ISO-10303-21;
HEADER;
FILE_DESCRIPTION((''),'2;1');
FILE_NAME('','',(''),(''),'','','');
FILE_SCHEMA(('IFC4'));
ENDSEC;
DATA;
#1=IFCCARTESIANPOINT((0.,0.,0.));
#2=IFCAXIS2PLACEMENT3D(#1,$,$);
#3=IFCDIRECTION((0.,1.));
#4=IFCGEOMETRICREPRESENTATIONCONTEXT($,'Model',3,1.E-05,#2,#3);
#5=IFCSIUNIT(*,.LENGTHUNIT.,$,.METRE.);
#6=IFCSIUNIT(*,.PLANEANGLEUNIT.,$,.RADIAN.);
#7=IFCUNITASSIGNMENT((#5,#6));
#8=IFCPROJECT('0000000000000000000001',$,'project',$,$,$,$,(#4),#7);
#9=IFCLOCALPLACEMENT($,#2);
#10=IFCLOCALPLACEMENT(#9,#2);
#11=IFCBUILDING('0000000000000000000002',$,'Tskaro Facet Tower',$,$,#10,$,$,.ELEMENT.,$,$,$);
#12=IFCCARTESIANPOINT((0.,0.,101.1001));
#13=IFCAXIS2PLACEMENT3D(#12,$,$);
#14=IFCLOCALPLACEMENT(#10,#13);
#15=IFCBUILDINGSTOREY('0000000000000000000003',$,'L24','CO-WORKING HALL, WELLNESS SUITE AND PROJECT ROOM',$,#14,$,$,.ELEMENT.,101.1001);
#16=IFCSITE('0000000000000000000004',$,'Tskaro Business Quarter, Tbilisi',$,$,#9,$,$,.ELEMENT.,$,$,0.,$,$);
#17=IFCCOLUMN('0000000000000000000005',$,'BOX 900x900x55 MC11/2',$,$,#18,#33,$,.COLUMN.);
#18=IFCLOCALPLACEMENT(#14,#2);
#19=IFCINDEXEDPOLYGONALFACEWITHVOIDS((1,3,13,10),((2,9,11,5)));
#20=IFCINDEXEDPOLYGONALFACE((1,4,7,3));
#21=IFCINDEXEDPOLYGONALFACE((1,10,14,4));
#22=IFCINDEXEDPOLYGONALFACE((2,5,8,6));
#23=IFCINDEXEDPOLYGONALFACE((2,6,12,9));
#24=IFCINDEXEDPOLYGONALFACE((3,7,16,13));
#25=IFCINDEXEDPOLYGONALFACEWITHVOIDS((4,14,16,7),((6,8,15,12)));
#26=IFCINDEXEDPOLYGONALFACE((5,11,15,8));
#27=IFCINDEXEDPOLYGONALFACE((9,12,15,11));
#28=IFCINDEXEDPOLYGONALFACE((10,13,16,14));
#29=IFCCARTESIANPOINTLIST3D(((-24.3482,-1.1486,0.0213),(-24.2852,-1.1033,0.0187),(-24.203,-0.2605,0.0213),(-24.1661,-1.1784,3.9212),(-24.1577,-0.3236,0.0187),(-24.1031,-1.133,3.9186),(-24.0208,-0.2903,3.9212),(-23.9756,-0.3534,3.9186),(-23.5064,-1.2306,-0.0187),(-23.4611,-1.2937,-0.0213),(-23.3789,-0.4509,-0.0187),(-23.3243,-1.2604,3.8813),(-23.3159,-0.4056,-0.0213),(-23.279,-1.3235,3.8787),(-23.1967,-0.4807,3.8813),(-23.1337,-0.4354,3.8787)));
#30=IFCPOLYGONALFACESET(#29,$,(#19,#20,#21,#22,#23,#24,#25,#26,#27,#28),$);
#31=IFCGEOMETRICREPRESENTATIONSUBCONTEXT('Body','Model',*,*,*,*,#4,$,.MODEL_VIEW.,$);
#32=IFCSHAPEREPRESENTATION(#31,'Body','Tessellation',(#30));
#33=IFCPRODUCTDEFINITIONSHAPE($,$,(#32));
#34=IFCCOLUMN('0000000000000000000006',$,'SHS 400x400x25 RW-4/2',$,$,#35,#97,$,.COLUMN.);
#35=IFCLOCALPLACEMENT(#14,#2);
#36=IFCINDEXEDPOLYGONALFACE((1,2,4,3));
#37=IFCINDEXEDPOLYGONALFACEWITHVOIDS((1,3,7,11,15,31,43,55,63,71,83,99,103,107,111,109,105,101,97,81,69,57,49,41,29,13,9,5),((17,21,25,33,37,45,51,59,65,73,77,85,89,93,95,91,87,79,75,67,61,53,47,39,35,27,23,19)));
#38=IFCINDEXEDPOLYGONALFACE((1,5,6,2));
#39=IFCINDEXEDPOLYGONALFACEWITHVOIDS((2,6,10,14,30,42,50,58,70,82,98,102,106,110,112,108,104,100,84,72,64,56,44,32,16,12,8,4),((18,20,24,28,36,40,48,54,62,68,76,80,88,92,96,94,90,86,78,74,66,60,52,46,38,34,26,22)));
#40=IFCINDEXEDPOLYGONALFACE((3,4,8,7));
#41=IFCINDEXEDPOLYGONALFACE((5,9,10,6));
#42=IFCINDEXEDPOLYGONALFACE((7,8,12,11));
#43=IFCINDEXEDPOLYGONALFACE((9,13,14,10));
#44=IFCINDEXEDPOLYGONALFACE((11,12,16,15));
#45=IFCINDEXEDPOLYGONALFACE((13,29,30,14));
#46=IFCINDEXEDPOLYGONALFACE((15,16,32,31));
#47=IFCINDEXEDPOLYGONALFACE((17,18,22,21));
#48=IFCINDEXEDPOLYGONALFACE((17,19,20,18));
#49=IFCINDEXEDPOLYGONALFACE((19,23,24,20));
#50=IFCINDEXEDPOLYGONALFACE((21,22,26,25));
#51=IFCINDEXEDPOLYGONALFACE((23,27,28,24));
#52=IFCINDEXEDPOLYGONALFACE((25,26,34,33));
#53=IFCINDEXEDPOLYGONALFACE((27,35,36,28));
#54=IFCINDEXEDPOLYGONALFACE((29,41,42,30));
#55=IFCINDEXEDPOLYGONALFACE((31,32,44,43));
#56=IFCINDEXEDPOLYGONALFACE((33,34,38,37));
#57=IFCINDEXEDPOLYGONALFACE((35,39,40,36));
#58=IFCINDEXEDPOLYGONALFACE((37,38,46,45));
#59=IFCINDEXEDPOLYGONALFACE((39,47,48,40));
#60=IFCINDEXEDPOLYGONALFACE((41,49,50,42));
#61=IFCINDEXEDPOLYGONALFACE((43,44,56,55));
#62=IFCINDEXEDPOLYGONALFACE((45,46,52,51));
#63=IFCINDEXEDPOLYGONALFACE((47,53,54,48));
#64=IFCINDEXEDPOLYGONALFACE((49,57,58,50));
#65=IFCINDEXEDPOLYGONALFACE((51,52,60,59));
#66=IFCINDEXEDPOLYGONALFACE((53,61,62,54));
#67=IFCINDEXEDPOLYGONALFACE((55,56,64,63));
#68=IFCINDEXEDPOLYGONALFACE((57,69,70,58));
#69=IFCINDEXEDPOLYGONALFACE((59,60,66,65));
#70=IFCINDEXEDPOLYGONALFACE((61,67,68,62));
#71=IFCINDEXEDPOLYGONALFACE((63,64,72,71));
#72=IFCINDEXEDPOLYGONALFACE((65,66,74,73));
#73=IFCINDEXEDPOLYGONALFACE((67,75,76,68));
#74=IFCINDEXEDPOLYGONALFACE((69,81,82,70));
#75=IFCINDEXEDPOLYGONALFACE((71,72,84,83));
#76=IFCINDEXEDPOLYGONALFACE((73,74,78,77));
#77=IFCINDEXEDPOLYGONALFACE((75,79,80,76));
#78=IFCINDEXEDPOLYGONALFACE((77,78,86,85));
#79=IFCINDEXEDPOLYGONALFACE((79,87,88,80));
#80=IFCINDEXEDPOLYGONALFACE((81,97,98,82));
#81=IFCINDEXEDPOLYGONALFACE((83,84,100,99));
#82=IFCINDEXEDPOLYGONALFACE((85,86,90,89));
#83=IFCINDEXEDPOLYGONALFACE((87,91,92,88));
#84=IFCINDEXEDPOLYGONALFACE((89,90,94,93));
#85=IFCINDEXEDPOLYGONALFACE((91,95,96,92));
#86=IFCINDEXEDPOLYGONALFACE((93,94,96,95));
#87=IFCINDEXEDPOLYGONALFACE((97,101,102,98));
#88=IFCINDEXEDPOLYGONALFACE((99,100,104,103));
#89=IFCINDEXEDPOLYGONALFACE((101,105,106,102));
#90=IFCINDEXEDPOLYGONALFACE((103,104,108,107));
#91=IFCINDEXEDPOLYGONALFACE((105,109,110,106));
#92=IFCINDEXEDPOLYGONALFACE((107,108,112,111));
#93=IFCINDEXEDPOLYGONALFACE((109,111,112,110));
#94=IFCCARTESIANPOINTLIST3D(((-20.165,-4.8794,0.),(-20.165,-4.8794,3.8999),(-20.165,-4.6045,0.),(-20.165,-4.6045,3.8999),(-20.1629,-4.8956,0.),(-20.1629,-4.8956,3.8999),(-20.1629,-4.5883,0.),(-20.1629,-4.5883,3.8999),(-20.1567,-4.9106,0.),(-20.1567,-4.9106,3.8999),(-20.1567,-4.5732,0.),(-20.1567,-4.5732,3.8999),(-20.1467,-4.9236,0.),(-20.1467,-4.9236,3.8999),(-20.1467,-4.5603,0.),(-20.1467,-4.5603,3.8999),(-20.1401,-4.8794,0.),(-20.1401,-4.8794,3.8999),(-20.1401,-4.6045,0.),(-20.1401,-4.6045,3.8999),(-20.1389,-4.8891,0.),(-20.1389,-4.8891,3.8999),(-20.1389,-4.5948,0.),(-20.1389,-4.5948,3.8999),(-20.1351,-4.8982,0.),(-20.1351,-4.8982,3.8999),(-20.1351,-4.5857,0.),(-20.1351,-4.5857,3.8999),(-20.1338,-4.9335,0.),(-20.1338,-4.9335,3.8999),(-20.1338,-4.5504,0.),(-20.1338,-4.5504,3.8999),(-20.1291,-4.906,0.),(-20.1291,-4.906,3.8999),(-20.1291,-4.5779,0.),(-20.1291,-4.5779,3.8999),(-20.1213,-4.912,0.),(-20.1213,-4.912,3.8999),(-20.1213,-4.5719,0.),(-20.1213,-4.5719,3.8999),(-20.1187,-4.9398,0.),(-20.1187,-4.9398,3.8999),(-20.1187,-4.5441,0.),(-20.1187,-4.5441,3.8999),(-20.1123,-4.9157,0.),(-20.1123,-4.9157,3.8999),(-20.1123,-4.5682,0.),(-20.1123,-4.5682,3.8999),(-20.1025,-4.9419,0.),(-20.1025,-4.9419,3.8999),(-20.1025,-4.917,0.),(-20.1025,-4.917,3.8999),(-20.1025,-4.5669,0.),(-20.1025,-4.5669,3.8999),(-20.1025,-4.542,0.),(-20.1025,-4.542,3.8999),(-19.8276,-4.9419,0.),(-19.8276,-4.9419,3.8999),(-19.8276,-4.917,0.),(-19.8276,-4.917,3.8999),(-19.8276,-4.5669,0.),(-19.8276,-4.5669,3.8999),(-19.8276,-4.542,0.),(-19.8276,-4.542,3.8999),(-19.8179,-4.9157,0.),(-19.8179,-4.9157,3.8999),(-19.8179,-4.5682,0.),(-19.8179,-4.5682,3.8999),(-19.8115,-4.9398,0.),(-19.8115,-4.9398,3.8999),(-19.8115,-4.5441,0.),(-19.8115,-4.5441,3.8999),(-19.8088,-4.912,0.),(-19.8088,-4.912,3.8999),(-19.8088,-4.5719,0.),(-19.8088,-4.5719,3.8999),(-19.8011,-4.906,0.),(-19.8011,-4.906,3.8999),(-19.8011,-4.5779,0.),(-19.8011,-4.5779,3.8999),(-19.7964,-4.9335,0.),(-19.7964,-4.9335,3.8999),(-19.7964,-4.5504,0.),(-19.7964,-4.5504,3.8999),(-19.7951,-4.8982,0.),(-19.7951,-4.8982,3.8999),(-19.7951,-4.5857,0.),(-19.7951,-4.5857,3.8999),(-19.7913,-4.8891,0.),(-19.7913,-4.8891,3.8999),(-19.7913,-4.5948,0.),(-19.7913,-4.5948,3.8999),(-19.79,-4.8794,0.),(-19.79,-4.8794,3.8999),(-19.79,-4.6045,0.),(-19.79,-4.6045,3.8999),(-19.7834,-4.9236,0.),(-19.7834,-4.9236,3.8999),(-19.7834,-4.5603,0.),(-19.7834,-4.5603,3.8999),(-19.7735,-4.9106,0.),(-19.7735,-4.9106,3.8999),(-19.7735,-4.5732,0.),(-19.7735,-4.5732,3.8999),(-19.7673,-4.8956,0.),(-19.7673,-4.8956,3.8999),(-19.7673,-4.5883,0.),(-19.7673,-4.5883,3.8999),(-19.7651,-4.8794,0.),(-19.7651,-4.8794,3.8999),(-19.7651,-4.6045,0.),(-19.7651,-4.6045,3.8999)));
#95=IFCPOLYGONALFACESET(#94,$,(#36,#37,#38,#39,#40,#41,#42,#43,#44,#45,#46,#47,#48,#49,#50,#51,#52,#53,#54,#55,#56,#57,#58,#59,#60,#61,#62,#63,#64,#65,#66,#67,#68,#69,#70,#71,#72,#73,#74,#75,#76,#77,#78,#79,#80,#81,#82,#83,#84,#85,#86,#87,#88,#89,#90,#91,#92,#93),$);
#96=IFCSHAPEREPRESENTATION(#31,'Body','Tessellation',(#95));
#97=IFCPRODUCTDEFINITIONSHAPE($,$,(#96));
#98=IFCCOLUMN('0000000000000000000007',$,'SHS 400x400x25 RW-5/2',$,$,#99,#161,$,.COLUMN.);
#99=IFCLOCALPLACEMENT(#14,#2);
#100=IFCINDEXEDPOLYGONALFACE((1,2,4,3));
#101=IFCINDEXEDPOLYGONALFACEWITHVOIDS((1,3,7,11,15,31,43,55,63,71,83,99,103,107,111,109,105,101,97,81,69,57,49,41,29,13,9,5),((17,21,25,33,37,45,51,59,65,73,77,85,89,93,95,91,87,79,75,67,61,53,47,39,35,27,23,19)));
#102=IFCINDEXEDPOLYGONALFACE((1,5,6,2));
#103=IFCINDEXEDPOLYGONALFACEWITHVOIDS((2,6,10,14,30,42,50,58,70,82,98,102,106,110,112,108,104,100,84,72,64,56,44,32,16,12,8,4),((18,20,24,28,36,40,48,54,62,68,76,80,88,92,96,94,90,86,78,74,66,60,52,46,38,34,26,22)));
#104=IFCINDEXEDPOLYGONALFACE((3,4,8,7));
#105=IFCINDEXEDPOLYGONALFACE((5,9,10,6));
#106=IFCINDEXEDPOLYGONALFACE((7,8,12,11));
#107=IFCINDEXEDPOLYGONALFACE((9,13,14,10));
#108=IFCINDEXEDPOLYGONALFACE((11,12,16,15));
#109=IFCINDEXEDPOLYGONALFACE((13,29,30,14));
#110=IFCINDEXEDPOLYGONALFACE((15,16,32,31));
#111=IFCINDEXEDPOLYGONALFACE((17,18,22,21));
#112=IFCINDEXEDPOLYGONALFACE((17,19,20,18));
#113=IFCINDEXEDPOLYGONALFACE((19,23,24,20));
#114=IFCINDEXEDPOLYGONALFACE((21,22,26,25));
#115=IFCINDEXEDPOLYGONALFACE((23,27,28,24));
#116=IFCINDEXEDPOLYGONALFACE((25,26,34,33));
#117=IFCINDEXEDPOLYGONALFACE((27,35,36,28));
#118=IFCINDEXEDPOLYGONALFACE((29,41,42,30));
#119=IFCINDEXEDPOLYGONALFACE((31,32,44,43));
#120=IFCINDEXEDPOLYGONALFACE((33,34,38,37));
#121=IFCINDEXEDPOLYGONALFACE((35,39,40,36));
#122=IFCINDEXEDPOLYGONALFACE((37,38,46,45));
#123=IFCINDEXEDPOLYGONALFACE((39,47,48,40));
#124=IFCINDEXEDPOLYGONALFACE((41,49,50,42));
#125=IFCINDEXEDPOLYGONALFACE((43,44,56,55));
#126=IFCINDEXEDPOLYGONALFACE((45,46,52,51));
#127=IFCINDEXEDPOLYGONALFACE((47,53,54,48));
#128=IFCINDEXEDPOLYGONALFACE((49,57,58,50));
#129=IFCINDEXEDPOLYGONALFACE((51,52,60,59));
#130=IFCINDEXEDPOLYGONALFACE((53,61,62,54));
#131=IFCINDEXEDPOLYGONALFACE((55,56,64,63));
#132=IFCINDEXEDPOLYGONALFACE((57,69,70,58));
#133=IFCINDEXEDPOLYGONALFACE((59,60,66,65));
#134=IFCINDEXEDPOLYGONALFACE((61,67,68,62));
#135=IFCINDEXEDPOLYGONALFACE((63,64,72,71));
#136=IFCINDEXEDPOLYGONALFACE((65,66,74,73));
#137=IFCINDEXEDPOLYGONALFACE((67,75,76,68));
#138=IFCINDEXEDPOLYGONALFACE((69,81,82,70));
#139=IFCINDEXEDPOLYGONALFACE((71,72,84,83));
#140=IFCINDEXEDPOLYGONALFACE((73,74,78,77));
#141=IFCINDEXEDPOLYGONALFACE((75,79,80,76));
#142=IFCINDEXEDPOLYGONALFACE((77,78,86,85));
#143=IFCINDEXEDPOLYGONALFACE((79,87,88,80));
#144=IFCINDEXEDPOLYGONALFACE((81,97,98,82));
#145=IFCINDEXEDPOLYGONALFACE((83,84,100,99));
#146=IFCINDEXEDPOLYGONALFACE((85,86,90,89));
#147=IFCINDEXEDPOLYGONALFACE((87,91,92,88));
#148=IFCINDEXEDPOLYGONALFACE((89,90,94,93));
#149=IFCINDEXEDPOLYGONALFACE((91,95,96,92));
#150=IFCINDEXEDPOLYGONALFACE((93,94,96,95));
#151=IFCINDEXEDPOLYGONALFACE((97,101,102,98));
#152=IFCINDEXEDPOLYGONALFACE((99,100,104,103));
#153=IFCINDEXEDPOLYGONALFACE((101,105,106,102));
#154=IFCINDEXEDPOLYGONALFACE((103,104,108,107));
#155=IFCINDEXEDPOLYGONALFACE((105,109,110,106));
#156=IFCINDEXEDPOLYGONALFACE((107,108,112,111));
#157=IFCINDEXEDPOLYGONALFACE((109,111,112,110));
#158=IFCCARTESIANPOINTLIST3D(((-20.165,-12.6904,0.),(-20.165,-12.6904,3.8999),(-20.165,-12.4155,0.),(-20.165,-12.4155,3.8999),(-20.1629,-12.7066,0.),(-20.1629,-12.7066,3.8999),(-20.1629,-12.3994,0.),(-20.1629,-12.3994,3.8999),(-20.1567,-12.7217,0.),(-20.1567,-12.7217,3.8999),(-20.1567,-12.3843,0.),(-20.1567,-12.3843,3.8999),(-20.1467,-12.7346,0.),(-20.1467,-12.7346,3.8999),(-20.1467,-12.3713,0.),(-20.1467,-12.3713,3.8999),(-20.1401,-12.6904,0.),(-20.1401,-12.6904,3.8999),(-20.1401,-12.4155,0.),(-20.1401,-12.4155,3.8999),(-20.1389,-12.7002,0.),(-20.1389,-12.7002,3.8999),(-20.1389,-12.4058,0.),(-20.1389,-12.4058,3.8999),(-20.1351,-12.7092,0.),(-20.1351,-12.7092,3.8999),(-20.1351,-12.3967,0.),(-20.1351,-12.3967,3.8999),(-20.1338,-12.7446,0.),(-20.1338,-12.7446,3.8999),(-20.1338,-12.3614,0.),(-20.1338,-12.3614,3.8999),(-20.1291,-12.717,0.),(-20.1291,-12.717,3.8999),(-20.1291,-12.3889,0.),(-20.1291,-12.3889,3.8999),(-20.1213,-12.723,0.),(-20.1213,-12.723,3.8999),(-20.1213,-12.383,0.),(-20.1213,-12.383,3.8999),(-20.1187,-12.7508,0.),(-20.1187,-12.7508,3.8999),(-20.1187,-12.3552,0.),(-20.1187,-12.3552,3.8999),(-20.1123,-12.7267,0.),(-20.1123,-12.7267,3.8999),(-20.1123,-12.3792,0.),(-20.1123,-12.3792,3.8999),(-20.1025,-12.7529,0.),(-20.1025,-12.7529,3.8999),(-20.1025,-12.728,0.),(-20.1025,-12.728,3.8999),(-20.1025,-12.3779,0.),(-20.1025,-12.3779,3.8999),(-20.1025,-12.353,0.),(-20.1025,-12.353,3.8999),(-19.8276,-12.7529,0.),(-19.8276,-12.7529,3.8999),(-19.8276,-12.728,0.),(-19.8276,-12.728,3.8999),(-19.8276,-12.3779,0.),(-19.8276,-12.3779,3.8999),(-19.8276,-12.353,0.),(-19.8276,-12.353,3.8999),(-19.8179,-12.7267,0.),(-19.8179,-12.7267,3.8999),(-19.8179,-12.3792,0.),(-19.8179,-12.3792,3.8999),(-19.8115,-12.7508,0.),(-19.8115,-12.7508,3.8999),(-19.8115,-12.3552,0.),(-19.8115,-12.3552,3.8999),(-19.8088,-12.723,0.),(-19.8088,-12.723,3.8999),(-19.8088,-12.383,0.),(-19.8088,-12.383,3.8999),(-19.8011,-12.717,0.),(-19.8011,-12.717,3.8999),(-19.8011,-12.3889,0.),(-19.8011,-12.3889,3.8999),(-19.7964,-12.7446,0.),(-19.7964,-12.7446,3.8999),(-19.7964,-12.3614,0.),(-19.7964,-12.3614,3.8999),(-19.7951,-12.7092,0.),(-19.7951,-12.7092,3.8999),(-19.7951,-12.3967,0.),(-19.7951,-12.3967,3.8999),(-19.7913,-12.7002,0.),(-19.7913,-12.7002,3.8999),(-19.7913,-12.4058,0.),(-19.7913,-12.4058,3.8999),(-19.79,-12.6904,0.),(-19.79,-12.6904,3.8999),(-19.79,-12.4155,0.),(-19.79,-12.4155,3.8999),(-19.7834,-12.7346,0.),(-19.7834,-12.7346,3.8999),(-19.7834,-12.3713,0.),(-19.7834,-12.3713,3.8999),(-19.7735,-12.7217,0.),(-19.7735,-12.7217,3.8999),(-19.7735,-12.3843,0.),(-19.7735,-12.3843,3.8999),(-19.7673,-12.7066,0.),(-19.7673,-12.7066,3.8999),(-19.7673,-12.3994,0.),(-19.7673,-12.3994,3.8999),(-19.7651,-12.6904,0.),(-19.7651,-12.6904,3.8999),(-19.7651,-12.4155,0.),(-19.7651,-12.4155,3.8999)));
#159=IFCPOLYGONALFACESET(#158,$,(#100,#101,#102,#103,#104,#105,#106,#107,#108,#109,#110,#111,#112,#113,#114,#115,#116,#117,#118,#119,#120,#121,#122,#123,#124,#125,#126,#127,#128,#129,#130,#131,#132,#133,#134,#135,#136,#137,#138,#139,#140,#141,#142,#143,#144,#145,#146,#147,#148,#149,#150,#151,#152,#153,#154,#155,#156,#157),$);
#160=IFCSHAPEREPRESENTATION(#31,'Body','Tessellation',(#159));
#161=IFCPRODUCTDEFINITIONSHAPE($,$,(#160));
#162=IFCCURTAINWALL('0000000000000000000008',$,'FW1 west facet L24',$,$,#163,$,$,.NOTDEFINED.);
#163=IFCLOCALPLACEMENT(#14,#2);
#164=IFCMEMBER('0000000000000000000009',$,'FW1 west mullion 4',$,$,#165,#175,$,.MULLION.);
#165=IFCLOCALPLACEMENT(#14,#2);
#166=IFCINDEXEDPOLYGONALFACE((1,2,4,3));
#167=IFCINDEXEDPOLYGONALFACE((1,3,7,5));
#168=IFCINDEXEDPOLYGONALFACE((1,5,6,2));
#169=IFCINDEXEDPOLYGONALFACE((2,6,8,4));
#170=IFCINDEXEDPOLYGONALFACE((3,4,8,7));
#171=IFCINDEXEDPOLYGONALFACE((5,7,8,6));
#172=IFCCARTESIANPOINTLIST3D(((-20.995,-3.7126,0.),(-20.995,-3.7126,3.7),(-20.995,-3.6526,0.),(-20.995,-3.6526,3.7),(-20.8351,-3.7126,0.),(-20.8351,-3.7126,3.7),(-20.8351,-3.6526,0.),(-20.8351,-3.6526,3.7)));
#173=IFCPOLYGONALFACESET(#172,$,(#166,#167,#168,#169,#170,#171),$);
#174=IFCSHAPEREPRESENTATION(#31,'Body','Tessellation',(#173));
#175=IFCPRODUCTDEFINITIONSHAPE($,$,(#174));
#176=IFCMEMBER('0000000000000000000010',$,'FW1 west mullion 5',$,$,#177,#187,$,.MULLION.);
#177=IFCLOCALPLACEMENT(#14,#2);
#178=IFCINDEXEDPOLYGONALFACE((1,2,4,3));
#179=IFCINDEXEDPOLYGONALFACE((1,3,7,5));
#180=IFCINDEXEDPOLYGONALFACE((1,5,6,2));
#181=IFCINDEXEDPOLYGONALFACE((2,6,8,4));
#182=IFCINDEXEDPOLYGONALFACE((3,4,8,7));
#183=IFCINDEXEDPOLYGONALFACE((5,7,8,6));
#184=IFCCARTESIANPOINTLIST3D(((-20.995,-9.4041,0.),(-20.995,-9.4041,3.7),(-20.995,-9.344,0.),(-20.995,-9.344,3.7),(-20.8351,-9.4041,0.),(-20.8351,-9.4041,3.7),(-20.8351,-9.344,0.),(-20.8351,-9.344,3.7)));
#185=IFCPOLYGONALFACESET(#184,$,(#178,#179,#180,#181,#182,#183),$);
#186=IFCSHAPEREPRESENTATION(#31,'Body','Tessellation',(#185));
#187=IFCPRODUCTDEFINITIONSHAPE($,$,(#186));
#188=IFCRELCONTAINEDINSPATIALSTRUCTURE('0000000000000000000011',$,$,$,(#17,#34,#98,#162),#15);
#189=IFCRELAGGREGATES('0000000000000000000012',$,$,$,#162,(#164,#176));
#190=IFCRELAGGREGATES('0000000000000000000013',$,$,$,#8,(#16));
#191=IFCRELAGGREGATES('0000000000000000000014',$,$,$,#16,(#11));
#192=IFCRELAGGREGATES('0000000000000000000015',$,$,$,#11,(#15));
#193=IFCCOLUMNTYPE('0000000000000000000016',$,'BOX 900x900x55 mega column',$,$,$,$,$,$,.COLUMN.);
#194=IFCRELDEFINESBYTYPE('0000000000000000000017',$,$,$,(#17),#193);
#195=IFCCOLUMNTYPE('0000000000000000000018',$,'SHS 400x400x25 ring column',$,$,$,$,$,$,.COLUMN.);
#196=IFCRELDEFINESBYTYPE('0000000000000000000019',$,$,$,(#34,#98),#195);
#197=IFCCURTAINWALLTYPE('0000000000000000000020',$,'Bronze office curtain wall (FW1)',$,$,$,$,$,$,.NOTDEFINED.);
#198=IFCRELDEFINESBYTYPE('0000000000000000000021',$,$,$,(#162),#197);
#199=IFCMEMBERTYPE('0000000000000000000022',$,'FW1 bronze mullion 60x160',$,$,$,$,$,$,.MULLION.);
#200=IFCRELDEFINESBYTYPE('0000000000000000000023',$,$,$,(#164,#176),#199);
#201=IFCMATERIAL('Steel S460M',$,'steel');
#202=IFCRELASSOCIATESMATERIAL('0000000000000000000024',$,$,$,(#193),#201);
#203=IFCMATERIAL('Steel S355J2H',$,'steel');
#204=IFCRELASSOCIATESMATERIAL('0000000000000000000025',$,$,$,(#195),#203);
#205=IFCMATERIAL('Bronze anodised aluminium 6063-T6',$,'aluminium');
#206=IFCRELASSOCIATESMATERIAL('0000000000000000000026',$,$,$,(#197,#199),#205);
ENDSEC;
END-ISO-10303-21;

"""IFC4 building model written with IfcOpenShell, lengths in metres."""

from ifc_helpers import new_model, si_unit, direction, frame, origin, origin_2d, place, context, subcontext, project, spatial, rectangle, hollow_rectangle, extrude, material, material_profile, profile_set, type_object, element, aggregate, save


model = new_model("IFC4")

# Units and contexts
model_context = context("Model", 3, precision=1e-05, world=origin(), true_north=direction((0.0, 1.0)))
body_context = subcontext(model_context, "Body", "Model", "MODEL_VIEW")
ifc_project = project(units=[si_unit("LENGTHUNIT", "METRE"), si_unit("PLANEANGLEUNIT", "RADIAN")], contexts=[model_context])

# Site, building, storey
site_placement = place(None, origin())
site = spatial("IfcSite", under=ifc_project, at=site_placement, Name="Tskaro Business Quarter, Tbilisi", CompositionType="ELEMENT", RefElevation=0.0)
building_placement = place(site_placement, origin())
building = spatial("IfcBuilding", under=site, at=building_placement, Name="Tskaro Facet Tower", CompositionType="ELEMENT")
storey_placement = place(building_placement, frame((0.0, 0.0, 101.1001)))
storey = spatial("IfcBuildingStorey", under=building, at=storey_placement, Name="L24", Description="CO-WORKING HALL, WELLNESS SUITE AND PROJECT ROOM", CompositionType="ELEMENT", Elevation=101.1001)

# Columns
ifc_material_1 = material(Name="Steel S460M", Category="steel")
ifc_material_profile_1 = material_profile(ifc_material_1, hollow_rectangle(XDim=0.8999, YDim=0.8999, WallThickness=0.0549, at=origin_2d()), Name="BOX 900x900x55")
ifc_profile_set_1 = profile_set([ifc_material_profile_1], Name="Steel S460M")
column_type_1 = type_object("IfcColumnType", Name="BOX 900x900x55 mega column", PredefinedType="COLUMN", material=ifc_profile_set_1)
column_placement = place(storey_placement, frame((-23.832, -0.7771, 0.0), z_axis=(0.046649, -0.007629, 0.998882), x_axis=(0.161395, 0.98689, 0.0)))
element("IfcColumn", 1, at=column_placement, inside=storey, type_object=column_type_1, Name="BOX 900x900x55 MC11/2", PredefinedType="COLUMN", context=body_context, shape_type="SweptSolid", body=[
    extrude(hollow_rectangle(XDim=0.8999, YDim=0.8999, WallThickness=0.0549, at=origin_2d()), origin(), (0.0, 0.0, 1.0), 3.9043),
])
ifc_material_2 = material(Name="Steel S355J2H", Category="steel")
ifc_material_profile_2 = material_profile(ifc_material_2, hollow_rectangle(XDim=0.3999, YDim=0.3999, WallThickness=0.0249, InnerFilletRadius=0.0376, OuterFilletRadius=0.0625, at=origin_2d()), Name="SHS 400x400x25")
ifc_profile_set_2 = profile_set([ifc_material_profile_2], Name="Steel S355J2H")
column_type_2 = type_object("IfcColumnType", Name="SHS 400x400x25 ring column", PredefinedType="COLUMN", material=ifc_profile_set_2)
for number, where, z_axis, x_axis, name in (
    (2, (-19.9651, -4.7419, 0.0), (0.0, 0.0, 1.0), (1.0, 0.0, 0.0), "SHS 400x400x25 RW-4/2"),
    (3, (-19.9651, -12.553, 0.0), (0.0, 0.0, 1.0), (1.0, 0.0, 0.0), "SHS 400x400x25 RW-5/2"),
):
    element("IfcColumn", number, at=place(storey_placement, frame(where, z_axis=z_axis, x_axis=x_axis)), inside=storey, type_object=column_type_2, Name=name, PredefinedType="COLUMN", context=body_context, shape_type="SweptSolid", body=[
        extrude(hollow_rectangle(XDim=0.3999, YDim=0.3999, WallThickness=0.0249, InnerFilletRadius=0.0376, OuterFilletRadius=0.0625, at=origin_2d()), origin(), (0.0, 0.0, 1.0), 3.8999),
    ])

# Curtain wall, members
ifc_material_3 = material(Name="Bronze anodised aluminium 6063-T6", Category="aluminium")
curtain_wall_type = type_object("IfcCurtainWallType", Name="Bronze office curtain wall (FW1)", PredefinedType="NOTDEFINED", material=ifc_material_3)
curtain_wall_placement = place(storey_placement, origin())
curtain_wall = element("IfcCurtainWall", 4, at=curtain_wall_placement, inside=storey, type_object=curtain_wall_type, Name="FW1 west facet L24", PredefinedType="NOTDEFINED")
ifc_material_profile_3 = material_profile(ifc_material_3, rectangle(XDim=0.0601, YDim=0.1599, at=origin_2d()), Name="Mullion 60x160")
ifc_profile_set_3 = profile_set([ifc_material_profile_3], Name="Bronze anodised aluminium 6063-T6")
member_type_1 = type_object("IfcMemberType", Name="FW1 bronze mullion 60x160", PredefinedType="MULLION", material=ifc_profile_set_3)
member_1_placement = place(storey_placement, frame((-20.915, -3.6826, 0.0), z_axis=(0.0, 0.0, 1.0), x_axis=(0.0, -1.0, 0.0)))
member_1 = element("IfcMember", 5, at=member_1_placement, type_object=member_type_1, Name="FW1 west mullion 4", PredefinedType="MULLION", context=body_context, shape_type="SweptSolid", body=[
    extrude(rectangle(XDim=0.0601, YDim=0.1599, at=origin_2d()), origin(), (0.0, 0.0, 1.0), 3.7),
])
member_2_placement = place(storey_placement, frame((-20.915, -9.374, 0.0), z_axis=(0.0, 0.0, 1.0), x_axis=(0.0, -1.0, 0.0)))
member_2 = element("IfcMember", 6, at=member_2_placement, type_object=member_type_1, Name="FW1 west mullion 5", PredefinedType="MULLION", context=body_context, shape_type="SweptSolid", body=[
    extrude(rectangle(XDim=0.0601, YDim=0.1599, at=origin_2d()), origin(), (0.0, 0.0, 1.0), 3.7),
])

aggregate(curtain_wall, [member_1, member_2])

save(model, "model.ifc")
